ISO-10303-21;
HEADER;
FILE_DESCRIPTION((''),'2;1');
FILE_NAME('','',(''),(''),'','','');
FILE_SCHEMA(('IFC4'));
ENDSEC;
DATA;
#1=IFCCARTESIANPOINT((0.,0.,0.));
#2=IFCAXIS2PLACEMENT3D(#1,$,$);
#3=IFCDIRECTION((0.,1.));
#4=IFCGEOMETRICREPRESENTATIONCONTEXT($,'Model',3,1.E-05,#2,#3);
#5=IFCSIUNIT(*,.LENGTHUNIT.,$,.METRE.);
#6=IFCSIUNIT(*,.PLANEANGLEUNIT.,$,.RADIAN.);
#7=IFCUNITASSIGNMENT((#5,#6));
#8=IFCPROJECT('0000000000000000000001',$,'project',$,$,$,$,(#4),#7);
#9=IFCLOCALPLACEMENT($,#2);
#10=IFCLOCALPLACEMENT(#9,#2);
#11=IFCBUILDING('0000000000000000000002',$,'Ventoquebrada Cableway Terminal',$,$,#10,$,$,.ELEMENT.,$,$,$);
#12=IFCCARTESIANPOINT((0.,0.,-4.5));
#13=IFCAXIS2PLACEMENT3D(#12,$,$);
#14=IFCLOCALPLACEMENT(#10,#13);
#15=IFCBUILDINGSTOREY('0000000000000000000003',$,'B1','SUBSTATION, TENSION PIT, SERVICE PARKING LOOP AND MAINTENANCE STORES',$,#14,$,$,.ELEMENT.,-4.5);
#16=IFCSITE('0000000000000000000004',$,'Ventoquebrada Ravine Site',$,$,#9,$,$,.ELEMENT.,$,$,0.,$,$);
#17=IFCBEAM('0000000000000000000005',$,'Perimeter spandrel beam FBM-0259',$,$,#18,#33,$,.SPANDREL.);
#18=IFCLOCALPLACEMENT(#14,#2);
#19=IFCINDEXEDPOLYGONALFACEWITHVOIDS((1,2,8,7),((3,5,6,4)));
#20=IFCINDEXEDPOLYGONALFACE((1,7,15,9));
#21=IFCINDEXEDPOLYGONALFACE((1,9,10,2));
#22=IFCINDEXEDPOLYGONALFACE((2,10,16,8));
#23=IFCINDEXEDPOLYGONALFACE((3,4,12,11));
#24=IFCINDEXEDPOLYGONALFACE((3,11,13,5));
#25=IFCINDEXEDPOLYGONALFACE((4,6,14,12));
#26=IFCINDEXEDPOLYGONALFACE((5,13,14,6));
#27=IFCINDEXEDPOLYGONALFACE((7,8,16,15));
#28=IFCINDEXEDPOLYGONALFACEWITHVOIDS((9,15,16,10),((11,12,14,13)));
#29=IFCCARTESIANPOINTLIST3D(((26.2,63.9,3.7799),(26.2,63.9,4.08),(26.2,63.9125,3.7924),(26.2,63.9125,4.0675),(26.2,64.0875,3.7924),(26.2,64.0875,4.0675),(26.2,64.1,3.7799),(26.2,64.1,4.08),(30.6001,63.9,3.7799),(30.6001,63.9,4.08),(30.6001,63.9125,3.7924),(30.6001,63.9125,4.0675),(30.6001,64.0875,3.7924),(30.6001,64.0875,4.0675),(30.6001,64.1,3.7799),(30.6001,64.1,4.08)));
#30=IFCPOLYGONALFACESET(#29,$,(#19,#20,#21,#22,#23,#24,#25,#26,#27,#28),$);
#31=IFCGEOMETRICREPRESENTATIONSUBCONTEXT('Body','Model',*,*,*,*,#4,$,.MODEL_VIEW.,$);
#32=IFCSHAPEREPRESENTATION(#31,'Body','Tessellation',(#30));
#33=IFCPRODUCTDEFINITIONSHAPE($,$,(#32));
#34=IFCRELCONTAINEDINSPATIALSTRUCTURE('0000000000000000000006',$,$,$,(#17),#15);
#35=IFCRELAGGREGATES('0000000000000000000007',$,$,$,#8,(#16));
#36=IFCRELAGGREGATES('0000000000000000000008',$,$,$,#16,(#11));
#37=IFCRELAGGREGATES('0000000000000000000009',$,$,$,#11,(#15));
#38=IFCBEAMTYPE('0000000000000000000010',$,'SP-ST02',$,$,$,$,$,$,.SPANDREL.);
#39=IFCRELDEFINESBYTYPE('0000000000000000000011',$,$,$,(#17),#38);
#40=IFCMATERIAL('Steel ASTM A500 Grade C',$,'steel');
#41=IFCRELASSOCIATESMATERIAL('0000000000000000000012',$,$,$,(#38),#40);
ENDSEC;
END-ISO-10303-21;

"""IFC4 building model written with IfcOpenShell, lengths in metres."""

from ifc_helpers import new_model, si_unit, direction, frame, origin, origin_2d, place, context, subcontext, project, spatial, hollow_rectangle, extrude, material, material_profile, profile_set, type_object, element, save


model = new_model("IFC4")

# Units and contexts
model_context = context("Model", 3, precision=1e-05, world=origin(), true_north=direction((0.0, 1.0)))
body_context = subcontext(model_context, "Body", "Model", "MODEL_VIEW")
ifc_project = project(units=[si_unit("LENGTHUNIT", "METRE"), si_unit("PLANEANGLEUNIT", "RADIAN")], contexts=[model_context])

# Site, building, storey
site_placement = place(None, origin())
site = spatial("IfcSite", under=ifc_project, at=site_placement, Name="Ventoquebrada Ravine Site", CompositionType="ELEMENT", RefElevation=0.0)
building_placement = place(site_placement, origin())
building = spatial("IfcBuilding", under=site, at=building_placement, Name="Ventoquebrada Cableway Terminal", CompositionType="ELEMENT")
storey_placement = place(building_placement, frame((0.0, 0.0, -4.5)))
storey = spatial("IfcBuildingStorey", under=building, at=storey_placement, Name="B1", Description="SUBSTATION, TENSION PIT, SERVICE PARKING LOOP AND MAINTENANCE STORES", CompositionType="ELEMENT", Elevation=-4.5)

# Beam
ifc_material_1 = material(Name="Steel ASTM A500 Grade C", Category="steel")
ifc_material_profile_1 = material_profile(ifc_material_1, hollow_rectangle(XDim=0.2, YDim=0.3, WallThickness=0.0125, at=origin_2d()), Name="RHS300X200X12.5")
ifc_profile_set_1 = profile_set([ifc_material_profile_1], Name="Steel ASTM A500 Grade C")
beam_type_1 = type_object("IfcBeamType", Name="SP-ST02", PredefinedType="SPANDREL", material=ifc_profile_set_1)
beam_1_placement = place(storey_placement, frame((26.2, 64.0, 3.9299), z_axis=(1.0, 0.0, 0.0), x_axis=(0.0, 1.0, 0.0)))
element("IfcBeam", 1, at=beam_1_placement, inside=storey, type_object=beam_type_1, Name="Perimeter spandrel beam FBM-0259", PredefinedType="SPANDREL", context=body_context, shape_type="SweptSolid", body=[
    extrude(hollow_rectangle(XDim=0.2, YDim=0.3, WallThickness=0.0125, at=origin_2d()), origin(), (0.0, 0.0, 1.0), 4.4001),
])

save(model, "model.ifc")
